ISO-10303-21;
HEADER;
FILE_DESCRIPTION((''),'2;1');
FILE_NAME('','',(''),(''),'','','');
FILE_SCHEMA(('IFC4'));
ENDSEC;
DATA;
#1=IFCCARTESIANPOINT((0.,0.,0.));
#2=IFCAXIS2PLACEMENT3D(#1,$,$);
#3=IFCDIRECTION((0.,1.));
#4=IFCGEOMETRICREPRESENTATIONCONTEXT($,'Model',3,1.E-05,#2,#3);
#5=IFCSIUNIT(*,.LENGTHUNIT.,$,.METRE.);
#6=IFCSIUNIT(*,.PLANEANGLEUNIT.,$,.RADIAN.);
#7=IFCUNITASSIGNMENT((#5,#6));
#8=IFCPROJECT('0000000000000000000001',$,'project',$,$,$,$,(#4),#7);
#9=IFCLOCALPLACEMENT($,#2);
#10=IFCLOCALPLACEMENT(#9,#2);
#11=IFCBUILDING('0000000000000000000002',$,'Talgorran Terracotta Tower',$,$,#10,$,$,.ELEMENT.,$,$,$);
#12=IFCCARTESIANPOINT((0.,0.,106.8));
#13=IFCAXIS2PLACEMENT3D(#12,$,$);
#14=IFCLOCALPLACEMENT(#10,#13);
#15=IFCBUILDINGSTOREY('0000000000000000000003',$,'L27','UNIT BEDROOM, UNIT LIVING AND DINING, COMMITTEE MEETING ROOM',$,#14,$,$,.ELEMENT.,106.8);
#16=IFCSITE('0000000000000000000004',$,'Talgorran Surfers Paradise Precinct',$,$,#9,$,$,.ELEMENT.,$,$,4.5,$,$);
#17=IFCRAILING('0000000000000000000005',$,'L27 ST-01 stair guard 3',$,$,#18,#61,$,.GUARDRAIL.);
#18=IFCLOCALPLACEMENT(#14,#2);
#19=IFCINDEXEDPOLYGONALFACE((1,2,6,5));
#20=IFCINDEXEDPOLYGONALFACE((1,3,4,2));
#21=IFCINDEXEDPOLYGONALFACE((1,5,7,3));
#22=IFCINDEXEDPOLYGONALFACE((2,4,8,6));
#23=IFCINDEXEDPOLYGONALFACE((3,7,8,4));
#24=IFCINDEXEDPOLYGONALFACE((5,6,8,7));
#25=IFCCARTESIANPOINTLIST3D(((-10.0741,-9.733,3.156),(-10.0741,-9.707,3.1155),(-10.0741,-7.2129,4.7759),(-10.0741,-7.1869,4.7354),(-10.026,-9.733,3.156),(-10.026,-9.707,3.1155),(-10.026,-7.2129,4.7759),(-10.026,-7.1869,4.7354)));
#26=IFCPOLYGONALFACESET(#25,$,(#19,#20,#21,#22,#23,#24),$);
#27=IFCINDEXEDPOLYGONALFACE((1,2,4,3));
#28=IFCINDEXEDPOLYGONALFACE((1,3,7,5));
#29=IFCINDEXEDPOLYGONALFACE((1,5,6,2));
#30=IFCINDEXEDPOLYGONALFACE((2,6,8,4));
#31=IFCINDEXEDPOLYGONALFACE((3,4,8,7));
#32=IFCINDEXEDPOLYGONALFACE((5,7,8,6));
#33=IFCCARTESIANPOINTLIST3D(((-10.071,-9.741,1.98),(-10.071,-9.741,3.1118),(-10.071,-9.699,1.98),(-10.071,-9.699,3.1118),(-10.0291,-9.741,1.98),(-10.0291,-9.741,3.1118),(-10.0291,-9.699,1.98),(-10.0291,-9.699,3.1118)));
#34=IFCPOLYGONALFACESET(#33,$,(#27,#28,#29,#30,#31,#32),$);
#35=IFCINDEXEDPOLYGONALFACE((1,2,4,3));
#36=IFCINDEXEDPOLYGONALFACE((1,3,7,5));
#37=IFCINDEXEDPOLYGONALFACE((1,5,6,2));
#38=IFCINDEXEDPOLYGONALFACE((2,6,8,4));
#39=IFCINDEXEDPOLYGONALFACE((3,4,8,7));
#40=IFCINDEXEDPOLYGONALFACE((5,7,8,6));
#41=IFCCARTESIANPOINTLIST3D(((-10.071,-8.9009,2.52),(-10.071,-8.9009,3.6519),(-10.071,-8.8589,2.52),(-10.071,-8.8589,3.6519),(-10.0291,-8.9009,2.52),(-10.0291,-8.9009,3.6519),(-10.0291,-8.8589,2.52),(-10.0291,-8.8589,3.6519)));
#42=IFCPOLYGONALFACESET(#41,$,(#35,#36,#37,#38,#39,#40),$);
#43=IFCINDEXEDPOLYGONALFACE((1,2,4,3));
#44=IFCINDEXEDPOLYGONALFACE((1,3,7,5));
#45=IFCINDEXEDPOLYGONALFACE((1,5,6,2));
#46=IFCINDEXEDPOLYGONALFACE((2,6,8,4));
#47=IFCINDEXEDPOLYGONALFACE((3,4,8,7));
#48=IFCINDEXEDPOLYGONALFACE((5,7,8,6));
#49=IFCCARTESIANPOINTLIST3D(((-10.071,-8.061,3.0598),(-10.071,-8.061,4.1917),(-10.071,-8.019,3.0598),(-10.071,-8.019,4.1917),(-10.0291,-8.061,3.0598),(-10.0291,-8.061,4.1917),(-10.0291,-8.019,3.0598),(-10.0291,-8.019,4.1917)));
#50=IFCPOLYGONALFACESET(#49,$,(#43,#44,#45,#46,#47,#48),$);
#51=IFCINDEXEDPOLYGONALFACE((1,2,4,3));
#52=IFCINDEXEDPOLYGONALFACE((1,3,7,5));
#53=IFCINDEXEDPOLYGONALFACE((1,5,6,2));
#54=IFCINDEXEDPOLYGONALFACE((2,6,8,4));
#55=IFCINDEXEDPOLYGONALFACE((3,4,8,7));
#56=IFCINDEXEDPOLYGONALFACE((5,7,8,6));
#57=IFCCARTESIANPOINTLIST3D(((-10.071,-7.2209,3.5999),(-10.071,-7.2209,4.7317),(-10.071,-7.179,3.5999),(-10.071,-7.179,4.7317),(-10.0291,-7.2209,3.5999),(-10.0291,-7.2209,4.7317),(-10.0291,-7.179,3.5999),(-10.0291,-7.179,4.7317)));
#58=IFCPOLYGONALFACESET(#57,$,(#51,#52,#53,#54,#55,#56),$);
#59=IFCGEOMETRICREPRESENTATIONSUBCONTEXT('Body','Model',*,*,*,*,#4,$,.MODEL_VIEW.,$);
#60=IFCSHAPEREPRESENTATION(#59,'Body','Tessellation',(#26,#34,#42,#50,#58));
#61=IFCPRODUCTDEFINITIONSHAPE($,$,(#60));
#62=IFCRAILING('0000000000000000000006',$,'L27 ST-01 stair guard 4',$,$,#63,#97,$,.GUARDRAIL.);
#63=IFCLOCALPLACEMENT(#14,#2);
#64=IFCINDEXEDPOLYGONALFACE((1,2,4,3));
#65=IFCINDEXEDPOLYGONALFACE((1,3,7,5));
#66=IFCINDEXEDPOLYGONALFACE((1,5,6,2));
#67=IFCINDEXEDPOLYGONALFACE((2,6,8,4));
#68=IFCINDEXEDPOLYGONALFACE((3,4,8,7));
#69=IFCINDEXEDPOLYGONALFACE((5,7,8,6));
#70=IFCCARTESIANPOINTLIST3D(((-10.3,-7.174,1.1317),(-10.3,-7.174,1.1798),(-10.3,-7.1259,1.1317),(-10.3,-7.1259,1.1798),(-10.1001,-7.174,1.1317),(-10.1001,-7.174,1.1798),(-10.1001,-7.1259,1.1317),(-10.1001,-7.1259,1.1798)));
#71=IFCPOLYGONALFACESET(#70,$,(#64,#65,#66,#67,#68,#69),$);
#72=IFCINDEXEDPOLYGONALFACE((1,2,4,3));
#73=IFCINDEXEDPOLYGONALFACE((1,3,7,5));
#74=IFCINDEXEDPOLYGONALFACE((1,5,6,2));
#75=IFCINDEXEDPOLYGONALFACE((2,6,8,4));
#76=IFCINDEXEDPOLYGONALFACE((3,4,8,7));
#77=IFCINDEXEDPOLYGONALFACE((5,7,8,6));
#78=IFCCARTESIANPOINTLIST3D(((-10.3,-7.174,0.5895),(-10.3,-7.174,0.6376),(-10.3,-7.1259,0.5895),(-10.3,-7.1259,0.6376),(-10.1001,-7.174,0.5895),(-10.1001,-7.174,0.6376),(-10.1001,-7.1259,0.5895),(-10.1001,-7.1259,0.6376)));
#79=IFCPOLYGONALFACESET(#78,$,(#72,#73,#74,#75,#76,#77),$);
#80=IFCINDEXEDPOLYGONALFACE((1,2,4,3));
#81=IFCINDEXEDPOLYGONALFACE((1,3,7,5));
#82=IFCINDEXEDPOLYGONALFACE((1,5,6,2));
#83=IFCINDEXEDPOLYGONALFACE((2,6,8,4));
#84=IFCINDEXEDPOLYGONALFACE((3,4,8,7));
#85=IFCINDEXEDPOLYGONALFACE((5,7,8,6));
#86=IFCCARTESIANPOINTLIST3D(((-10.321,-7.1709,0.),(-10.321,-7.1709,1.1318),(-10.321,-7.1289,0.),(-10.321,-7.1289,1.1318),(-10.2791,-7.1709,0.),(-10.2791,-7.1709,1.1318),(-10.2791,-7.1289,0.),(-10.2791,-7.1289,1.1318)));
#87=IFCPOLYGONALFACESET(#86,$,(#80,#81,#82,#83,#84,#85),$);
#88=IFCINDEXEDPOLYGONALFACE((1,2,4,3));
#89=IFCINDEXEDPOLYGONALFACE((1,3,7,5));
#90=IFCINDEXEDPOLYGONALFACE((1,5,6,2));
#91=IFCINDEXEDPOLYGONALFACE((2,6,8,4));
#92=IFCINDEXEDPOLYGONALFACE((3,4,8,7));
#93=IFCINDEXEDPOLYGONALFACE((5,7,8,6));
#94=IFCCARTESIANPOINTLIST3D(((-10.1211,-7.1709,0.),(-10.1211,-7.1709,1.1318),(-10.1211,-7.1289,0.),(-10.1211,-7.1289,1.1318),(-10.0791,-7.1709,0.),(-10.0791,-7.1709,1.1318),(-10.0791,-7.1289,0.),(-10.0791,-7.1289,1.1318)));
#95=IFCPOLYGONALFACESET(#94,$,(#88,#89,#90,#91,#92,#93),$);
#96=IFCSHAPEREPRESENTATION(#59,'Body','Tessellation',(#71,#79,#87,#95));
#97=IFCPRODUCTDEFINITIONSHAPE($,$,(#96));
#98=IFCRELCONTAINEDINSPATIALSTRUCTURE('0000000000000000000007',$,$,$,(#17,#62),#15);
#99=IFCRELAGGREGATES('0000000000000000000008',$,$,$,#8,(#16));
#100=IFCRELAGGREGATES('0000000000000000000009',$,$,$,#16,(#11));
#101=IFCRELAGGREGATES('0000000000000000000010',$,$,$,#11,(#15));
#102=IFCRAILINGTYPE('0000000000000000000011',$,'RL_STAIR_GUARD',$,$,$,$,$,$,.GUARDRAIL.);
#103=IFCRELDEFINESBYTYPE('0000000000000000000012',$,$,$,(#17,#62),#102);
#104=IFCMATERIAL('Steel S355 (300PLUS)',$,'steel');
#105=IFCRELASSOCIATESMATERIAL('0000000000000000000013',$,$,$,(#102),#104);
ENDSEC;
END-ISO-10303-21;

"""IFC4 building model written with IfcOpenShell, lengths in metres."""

from ifc_helpers import new_model, si_unit, direction, frame, origin, origin_2d, place, context, subcontext, project, spatial, rectangle, extrude, material, type_object, element, save


model = new_model("IFC4")

# Units and contexts
model_context = context("Model", 3, precision=1e-05, world=origin(), true_north=direction((0.0, 1.0)))
body_context = subcontext(model_context, "Body", "Model", "MODEL_VIEW")
ifc_project = project(units=[si_unit("LENGTHUNIT", "METRE"), si_unit("PLANEANGLEUNIT", "RADIAN")], contexts=[model_context])

# Site, building, storey
site_placement = place(None, origin())
site = spatial("IfcSite", under=ifc_project, at=site_placement, Name="Talgorran Surfers Paradise Precinct", CompositionType="ELEMENT", RefElevation=4.5)
building_placement = place(site_placement, origin())
building = spatial("IfcBuilding", under=site, at=building_placement, Name="Talgorran Terracotta Tower", CompositionType="ELEMENT")
storey_placement = place(building_placement, frame((0.0, 0.0, 106.8)))
storey = spatial("IfcBuildingStorey", under=building, at=storey_placement, Name="L27", Description="UNIT BEDROOM, UNIT LIVING AND DINING, COMMITTEE MEETING ROOM", CompositionType="ELEMENT", Elevation=106.8)

# Shared definitions
ifc_material_1 = material(Name="Steel S355 (300PLUS)", Category="steel")

# Railings
railing_type_1 = type_object("IfcRailingType", Name="RL_STAIR_GUARD", PredefinedType="GUARDRAIL", material=ifc_material_1)
railing_1_placement = place(storey_placement, frame((-10.05, -9.72, 1.98)))
element("IfcRailing", 1, at=railing_1_placement, inside=storey, type_object=railing_type_1, Name="L27 ST-01 stair guard 3", PredefinedType="GUARDRAIL", context=body_context, shape_type="SweptSolid", body=[
    extrude(rectangle(XDim=0.0481, YDim=0.0481, at=origin_2d()), frame((0.0, 0.0, 1.1558), z_axis=(0.0, 0.8412, 0.540725), x_axis=(-1.0, 0.0, 0.0)), (0.0, 0.0, 1.0), 2.9958),
    extrude(rectangle(XDim=0.042, YDim=0.042, at=origin_2d()), origin(), (0.0, 0.0, 1.0), 1.1318),
    extrude(rectangle(XDim=0.042, YDim=0.042, at=origin_2d()), frame((0.0, 0.8401, 0.54)), (0.0, 0.0, 1.0), 1.1318),
    extrude(rectangle(XDim=0.042, YDim=0.042, at=origin_2d()), frame((0.0, 1.6799, 1.0798)), (0.0, 0.0, 1.0), 1.1318),
    extrude(rectangle(XDim=0.042, YDim=0.042, at=origin_2d()), frame((0.0, 2.52, 1.6199)), (0.0, 0.0, 1.0), 1.1318),
])
railing_2_placement = place(storey_placement, frame((-10.3, -7.1499, 0.0)))
element("IfcRailing", 2, at=railing_2_placement, inside=storey, type_object=railing_type_1, Name="L27 ST-01 stair guard 4", PredefinedType="GUARDRAIL", context=body_context, shape_type="SweptSolid", body=[
    extrude(rectangle(XDim=0.0481, YDim=0.0481, at=origin_2d()), frame((0.0, 0.0, 1.1558), z_axis=(1.0, 0.0, 0.0), x_axis=(0.0, 1.0, 0.0)), (0.0, 0.0, 1.0), 0.2),
    extrude(rectangle(XDim=0.0481, YDim=0.0481, at=origin_2d()), frame((0.0, 0.0, 0.6135), z_axis=(1.0, 0.0, 0.0), x_axis=(0.0, 1.0, 0.0)), (0.0, 0.0, 1.0), 0.2),
    extrude(rectangle(XDim=0.042, YDim=0.042, at=origin_2d()), origin(), (0.0, 0.0, 1.0), 1.1318),
    extrude(rectangle(XDim=0.042, YDim=0.042, at=origin_2d()), frame((0.2, 0.0, 0.0)), (0.0, 0.0, 1.0), 1.1318),
])

save(model, "model.ifc")
